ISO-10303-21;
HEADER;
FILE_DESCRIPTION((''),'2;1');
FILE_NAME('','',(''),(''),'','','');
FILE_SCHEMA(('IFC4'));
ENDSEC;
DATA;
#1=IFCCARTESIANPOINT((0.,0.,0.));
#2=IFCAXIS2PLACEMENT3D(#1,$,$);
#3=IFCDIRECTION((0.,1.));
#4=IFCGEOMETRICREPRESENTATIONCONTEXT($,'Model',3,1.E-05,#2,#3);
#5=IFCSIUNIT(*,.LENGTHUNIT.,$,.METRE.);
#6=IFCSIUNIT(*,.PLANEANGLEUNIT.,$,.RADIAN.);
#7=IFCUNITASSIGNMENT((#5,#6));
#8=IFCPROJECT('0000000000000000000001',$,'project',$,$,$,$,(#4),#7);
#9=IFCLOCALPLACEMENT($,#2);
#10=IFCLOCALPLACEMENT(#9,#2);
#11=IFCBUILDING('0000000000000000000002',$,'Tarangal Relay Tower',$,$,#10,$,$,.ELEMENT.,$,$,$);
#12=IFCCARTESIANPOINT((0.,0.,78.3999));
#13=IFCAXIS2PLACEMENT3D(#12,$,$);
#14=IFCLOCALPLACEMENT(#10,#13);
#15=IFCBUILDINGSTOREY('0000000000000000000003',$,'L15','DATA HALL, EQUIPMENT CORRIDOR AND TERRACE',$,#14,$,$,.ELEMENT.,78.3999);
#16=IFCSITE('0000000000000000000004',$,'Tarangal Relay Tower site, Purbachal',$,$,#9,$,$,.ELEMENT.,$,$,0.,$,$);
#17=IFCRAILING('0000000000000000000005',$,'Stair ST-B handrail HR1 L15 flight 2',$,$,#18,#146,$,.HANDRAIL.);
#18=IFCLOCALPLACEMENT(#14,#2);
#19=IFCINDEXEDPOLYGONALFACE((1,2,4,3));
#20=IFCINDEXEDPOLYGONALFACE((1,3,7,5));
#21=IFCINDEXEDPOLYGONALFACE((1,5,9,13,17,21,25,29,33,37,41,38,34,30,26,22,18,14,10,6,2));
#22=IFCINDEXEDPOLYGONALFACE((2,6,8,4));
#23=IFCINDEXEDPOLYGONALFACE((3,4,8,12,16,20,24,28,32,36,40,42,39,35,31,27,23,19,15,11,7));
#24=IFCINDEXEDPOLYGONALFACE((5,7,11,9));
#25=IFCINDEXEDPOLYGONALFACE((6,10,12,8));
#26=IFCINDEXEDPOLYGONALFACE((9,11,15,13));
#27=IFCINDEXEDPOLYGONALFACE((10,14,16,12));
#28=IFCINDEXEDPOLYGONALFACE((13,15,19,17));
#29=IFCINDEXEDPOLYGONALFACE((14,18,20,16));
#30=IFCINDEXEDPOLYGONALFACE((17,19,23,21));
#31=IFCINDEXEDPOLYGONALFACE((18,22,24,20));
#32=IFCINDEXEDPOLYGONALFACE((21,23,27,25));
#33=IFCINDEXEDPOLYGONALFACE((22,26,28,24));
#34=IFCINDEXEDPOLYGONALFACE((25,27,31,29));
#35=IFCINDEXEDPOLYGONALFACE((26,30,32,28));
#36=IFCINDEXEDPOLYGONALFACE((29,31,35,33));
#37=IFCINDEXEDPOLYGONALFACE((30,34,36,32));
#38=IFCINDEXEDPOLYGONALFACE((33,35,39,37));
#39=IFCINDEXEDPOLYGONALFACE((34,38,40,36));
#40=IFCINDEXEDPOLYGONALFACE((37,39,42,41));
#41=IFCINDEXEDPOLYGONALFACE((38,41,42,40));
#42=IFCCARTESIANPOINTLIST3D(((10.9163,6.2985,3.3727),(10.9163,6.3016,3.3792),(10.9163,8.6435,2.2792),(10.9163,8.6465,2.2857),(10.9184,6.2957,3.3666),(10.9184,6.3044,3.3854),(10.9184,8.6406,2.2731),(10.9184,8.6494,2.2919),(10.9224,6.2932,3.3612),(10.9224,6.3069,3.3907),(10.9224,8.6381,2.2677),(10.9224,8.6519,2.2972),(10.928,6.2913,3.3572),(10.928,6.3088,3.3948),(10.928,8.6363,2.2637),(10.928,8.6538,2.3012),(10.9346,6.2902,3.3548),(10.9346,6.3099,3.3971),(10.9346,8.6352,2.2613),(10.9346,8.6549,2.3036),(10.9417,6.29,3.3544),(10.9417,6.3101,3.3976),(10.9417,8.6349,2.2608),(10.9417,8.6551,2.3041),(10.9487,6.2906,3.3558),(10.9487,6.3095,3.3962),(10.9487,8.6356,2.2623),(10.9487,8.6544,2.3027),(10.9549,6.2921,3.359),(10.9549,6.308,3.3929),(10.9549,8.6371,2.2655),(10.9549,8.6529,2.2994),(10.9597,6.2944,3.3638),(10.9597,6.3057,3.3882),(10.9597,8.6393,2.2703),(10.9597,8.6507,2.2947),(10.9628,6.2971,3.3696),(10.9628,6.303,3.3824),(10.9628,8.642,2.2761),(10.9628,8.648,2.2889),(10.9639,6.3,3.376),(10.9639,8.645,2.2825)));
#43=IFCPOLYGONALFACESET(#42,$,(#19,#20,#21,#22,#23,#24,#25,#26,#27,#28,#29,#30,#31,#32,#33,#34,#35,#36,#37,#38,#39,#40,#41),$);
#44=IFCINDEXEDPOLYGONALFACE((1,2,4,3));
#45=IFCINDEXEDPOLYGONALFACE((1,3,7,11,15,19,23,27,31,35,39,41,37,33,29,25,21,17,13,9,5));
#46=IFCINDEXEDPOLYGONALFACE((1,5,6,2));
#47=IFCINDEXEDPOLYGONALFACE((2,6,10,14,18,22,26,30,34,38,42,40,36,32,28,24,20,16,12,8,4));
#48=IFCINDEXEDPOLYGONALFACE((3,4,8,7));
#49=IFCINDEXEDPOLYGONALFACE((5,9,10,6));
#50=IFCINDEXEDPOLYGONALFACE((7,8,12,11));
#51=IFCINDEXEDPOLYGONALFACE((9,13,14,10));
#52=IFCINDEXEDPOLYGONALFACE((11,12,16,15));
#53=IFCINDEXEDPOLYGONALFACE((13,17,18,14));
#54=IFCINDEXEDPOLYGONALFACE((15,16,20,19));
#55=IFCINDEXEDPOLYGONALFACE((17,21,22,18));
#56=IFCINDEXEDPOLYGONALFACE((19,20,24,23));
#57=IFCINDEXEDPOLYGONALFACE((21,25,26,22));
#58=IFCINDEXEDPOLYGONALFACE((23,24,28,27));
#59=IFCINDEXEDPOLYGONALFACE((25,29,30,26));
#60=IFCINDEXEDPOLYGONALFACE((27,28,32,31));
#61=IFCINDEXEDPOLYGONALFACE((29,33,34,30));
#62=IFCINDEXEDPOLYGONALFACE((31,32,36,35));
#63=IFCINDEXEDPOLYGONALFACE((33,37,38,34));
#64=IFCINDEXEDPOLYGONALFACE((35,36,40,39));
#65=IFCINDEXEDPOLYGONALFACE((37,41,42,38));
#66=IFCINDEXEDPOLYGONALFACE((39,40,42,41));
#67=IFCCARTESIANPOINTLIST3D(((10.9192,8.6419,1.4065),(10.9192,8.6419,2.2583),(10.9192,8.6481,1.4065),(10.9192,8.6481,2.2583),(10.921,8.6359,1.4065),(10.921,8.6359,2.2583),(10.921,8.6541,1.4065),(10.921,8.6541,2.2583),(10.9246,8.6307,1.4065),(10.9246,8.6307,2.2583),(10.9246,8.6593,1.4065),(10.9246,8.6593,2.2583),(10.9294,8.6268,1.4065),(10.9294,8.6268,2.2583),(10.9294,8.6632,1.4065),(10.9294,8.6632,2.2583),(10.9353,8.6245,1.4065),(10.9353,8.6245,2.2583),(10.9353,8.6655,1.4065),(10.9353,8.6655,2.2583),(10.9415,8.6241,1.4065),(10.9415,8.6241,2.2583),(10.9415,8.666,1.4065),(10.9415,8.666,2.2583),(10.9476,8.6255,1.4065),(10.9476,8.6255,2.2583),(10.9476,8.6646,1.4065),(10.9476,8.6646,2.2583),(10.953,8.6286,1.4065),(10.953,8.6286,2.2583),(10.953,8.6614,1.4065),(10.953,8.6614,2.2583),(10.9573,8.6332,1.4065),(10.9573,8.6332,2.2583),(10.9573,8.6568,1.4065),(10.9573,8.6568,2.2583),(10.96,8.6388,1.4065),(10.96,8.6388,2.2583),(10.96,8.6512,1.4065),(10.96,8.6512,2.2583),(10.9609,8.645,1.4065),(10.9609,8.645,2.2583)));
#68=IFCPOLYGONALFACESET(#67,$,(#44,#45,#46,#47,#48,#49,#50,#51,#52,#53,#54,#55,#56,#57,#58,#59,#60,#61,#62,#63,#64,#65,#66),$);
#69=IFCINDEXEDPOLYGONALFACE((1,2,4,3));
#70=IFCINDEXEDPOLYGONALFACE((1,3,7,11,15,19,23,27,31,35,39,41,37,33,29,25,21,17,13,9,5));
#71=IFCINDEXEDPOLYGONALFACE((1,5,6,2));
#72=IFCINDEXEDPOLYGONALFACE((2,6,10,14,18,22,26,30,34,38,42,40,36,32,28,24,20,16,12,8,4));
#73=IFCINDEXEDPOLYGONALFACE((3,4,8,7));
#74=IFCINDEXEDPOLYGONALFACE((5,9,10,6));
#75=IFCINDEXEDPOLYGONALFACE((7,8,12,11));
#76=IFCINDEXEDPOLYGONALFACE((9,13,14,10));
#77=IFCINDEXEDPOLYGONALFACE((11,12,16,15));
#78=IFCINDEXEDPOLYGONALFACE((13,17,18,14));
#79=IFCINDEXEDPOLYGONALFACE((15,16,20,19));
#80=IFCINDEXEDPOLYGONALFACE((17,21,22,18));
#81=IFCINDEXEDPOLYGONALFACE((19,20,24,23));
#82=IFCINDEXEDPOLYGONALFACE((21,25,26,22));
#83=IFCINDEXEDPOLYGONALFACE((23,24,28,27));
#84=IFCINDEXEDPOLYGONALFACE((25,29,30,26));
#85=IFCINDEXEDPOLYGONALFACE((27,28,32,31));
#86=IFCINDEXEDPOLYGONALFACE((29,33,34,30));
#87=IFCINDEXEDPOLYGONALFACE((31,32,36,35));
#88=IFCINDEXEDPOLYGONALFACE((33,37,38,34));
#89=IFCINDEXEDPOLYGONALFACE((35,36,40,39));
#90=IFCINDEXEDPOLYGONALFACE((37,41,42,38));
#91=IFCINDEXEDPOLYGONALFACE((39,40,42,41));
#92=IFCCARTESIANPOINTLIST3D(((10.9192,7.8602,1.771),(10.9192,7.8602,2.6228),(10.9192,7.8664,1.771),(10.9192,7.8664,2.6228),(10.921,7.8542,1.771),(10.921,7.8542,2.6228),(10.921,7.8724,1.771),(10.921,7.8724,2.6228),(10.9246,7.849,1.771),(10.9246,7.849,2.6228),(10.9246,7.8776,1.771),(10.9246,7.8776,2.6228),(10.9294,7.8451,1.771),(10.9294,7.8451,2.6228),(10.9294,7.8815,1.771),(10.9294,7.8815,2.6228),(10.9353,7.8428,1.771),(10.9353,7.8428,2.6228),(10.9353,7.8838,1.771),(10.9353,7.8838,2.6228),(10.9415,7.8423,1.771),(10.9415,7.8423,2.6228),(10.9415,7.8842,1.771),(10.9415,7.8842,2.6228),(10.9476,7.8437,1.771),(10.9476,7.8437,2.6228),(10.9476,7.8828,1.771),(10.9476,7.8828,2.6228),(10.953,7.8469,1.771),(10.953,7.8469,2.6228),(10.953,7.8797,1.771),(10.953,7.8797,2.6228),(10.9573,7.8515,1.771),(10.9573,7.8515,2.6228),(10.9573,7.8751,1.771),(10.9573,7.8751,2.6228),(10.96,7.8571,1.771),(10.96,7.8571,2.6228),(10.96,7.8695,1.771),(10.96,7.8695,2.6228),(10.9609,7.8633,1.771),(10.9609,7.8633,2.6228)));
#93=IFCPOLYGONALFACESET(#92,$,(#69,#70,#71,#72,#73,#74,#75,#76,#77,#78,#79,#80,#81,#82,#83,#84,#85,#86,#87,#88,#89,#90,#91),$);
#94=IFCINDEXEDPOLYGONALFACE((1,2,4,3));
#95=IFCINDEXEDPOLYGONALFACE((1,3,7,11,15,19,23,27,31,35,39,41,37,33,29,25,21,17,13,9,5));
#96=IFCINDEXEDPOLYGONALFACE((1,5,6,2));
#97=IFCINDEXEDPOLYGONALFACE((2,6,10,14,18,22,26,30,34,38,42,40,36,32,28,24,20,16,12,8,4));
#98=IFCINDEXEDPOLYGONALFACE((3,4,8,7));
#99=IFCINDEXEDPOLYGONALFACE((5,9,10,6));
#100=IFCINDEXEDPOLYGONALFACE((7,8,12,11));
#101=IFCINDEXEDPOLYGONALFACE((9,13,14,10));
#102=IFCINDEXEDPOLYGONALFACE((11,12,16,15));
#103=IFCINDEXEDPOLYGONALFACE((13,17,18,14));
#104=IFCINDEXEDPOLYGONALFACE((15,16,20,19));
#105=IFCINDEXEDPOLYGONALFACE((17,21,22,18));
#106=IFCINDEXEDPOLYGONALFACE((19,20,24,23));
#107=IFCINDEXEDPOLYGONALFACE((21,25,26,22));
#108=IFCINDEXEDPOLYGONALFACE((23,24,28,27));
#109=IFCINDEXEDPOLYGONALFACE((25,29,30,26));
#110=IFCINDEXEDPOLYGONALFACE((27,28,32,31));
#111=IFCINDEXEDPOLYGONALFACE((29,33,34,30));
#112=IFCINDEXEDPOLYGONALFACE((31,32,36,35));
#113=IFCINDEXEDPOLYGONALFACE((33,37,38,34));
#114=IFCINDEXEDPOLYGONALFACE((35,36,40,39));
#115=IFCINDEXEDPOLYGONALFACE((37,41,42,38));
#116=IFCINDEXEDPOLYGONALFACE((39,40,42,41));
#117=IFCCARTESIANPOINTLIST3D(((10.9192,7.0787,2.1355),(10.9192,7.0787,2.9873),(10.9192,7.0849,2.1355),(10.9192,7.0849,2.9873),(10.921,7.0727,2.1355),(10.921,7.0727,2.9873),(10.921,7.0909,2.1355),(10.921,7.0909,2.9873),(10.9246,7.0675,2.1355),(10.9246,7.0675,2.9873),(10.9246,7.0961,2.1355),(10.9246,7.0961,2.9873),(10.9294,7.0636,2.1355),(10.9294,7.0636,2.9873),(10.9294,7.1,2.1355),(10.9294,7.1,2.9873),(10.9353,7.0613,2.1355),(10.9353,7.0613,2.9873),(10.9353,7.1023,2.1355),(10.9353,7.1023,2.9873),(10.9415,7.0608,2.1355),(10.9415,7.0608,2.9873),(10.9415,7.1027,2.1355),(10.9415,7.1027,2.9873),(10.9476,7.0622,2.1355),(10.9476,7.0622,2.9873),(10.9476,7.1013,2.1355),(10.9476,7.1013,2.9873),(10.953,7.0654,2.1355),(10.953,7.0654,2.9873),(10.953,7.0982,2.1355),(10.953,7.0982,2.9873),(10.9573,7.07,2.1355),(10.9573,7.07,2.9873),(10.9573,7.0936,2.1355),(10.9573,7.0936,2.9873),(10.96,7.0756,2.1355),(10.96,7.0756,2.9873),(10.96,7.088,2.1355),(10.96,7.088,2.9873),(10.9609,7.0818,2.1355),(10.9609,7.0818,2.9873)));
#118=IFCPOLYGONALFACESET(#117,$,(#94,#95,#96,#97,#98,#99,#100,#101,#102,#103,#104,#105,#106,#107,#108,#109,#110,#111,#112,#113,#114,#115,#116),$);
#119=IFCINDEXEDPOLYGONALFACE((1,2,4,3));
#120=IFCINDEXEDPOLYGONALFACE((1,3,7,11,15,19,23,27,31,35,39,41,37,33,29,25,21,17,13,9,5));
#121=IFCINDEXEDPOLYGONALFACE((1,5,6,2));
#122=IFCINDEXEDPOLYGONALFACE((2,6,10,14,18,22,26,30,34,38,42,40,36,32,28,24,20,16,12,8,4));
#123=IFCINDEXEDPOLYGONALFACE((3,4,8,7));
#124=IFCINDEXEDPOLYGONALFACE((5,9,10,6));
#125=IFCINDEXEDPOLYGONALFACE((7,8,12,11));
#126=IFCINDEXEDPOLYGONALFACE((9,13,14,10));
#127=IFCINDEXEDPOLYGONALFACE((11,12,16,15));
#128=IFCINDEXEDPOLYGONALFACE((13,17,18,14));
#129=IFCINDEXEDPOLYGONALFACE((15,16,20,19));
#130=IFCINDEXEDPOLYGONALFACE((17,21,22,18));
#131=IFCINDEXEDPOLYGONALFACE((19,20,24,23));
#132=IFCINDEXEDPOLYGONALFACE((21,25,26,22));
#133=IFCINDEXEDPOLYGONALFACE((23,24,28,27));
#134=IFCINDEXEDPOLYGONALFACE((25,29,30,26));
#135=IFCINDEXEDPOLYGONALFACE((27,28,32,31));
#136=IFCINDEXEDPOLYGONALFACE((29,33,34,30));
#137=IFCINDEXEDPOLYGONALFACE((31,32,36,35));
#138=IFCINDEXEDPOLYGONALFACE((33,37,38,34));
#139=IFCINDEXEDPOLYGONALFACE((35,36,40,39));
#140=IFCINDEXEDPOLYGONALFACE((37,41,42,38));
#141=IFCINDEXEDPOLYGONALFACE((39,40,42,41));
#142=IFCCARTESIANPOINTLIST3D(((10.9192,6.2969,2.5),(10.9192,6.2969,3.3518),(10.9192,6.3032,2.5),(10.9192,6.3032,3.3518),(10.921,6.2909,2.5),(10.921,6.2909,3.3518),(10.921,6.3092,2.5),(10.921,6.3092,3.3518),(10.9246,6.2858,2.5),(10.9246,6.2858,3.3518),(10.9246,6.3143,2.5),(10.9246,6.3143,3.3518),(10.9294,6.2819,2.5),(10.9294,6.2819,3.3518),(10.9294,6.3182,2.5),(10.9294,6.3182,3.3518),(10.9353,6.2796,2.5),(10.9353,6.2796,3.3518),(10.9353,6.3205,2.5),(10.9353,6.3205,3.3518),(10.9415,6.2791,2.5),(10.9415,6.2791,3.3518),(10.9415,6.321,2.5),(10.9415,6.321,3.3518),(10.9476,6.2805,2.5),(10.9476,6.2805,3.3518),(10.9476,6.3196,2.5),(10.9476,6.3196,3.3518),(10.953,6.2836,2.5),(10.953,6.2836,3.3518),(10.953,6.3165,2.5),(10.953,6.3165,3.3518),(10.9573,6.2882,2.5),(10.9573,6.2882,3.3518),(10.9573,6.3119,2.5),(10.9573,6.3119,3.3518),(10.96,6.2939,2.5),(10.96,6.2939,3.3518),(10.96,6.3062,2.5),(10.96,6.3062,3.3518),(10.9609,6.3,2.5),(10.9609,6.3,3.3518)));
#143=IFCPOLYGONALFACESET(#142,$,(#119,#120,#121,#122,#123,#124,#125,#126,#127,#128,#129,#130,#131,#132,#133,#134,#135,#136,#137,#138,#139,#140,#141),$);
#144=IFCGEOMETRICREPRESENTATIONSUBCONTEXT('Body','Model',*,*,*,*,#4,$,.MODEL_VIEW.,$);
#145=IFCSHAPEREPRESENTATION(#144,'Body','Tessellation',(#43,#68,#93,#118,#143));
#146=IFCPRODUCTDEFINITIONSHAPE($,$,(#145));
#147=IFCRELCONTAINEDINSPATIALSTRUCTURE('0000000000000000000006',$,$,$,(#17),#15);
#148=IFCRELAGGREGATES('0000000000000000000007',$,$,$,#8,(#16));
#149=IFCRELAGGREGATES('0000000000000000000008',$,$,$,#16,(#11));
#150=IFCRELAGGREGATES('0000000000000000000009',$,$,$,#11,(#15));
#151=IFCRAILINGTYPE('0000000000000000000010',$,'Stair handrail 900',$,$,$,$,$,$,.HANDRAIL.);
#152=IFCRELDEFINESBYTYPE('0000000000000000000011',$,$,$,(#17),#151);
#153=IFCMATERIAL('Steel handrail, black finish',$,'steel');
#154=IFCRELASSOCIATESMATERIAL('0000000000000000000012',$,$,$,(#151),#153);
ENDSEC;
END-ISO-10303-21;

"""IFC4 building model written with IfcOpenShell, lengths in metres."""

from ifc_helpers import new_model, si_unit, direction, frame, origin, origin_2d, place, context, subcontext, project, spatial, circle, extrude, material, type_object, element, save


model = new_model("IFC4")

# Units and contexts
model_context = context("Model", 3, precision=1e-05, world=origin(), true_north=direction((0.0, 1.0)))
body_context = subcontext(model_context, "Body", "Model", "MODEL_VIEW")
ifc_project = project(units=[si_unit("LENGTHUNIT", "METRE"), si_unit("PLANEANGLEUNIT", "RADIAN")], contexts=[model_context])

# Site, building, storey
site_placement = place(None, origin())
site = spatial("IfcSite", under=ifc_project, at=site_placement, Name="Tarangal Relay Tower site, Purbachal", CompositionType="ELEMENT", RefElevation=0.0)
building_placement = place(site_placement, origin())
building = spatial("IfcBuilding", under=site, at=building_placement, Name="Tarangal Relay Tower", CompositionType="ELEMENT")
storey_placement = place(building_placement, frame((0.0, 0.0, 78.3999)))
storey = spatial("IfcBuildingStorey", under=building, at=storey_placement, Name="L15", Description="DATA HALL, EQUIPMENT CORRIDOR AND TERRACE", CompositionType="ELEMENT", Elevation=78.3999)

# Railing
ifc_material_1 = material(Name="Steel handrail, black finish", Category="steel")
railing_type_1 = type_object("IfcRailingType", Name="Stair handrail 900", PredefinedType="HANDRAIL", material=ifc_material_1)
for number, where, name in (
    (1, (10.9399, 8.645, 1.4065), "Stair ST-B handrail HR1 L15 flight 2"),
):
    element("IfcRailing", number, at=place(storey_placement, frame(where)), inside=storey, type_object=railing_type_1, Name=name, PredefinedType="HANDRAIL", context=body_context, shape_type="SweptSolid", body=[
        extrude(circle(Radius=0.0239, at=origin_2d()), frame((0.0, 0.0, 0.876), z_axis=(0.0, -0.906304, 0.422627), x_axis=(1.0, 0.0, 0.0)), (0.0, 0.0, 1.0), 2.5874),
        extrude(circle(Radius=0.021, at=origin_2d()), origin(), (0.0, 0.0, 1.0), 0.8518),
        extrude(circle(Radius=0.021, at=origin_2d()), frame((0.0, -0.7817, 0.3645)), (0.0, 0.0, 1.0), 0.8518),
        extrude(circle(Radius=0.021, at=origin_2d()), frame((0.0, -1.5632, 0.729)), (0.0, 0.0, 1.0), 0.8518),
        extrude(circle(Radius=0.021, at=origin_2d()), frame((0.0, -2.345, 1.0935)), (0.0, 0.0, 1.0), 0.8518),
    ])

save(model, "model.ifc")
